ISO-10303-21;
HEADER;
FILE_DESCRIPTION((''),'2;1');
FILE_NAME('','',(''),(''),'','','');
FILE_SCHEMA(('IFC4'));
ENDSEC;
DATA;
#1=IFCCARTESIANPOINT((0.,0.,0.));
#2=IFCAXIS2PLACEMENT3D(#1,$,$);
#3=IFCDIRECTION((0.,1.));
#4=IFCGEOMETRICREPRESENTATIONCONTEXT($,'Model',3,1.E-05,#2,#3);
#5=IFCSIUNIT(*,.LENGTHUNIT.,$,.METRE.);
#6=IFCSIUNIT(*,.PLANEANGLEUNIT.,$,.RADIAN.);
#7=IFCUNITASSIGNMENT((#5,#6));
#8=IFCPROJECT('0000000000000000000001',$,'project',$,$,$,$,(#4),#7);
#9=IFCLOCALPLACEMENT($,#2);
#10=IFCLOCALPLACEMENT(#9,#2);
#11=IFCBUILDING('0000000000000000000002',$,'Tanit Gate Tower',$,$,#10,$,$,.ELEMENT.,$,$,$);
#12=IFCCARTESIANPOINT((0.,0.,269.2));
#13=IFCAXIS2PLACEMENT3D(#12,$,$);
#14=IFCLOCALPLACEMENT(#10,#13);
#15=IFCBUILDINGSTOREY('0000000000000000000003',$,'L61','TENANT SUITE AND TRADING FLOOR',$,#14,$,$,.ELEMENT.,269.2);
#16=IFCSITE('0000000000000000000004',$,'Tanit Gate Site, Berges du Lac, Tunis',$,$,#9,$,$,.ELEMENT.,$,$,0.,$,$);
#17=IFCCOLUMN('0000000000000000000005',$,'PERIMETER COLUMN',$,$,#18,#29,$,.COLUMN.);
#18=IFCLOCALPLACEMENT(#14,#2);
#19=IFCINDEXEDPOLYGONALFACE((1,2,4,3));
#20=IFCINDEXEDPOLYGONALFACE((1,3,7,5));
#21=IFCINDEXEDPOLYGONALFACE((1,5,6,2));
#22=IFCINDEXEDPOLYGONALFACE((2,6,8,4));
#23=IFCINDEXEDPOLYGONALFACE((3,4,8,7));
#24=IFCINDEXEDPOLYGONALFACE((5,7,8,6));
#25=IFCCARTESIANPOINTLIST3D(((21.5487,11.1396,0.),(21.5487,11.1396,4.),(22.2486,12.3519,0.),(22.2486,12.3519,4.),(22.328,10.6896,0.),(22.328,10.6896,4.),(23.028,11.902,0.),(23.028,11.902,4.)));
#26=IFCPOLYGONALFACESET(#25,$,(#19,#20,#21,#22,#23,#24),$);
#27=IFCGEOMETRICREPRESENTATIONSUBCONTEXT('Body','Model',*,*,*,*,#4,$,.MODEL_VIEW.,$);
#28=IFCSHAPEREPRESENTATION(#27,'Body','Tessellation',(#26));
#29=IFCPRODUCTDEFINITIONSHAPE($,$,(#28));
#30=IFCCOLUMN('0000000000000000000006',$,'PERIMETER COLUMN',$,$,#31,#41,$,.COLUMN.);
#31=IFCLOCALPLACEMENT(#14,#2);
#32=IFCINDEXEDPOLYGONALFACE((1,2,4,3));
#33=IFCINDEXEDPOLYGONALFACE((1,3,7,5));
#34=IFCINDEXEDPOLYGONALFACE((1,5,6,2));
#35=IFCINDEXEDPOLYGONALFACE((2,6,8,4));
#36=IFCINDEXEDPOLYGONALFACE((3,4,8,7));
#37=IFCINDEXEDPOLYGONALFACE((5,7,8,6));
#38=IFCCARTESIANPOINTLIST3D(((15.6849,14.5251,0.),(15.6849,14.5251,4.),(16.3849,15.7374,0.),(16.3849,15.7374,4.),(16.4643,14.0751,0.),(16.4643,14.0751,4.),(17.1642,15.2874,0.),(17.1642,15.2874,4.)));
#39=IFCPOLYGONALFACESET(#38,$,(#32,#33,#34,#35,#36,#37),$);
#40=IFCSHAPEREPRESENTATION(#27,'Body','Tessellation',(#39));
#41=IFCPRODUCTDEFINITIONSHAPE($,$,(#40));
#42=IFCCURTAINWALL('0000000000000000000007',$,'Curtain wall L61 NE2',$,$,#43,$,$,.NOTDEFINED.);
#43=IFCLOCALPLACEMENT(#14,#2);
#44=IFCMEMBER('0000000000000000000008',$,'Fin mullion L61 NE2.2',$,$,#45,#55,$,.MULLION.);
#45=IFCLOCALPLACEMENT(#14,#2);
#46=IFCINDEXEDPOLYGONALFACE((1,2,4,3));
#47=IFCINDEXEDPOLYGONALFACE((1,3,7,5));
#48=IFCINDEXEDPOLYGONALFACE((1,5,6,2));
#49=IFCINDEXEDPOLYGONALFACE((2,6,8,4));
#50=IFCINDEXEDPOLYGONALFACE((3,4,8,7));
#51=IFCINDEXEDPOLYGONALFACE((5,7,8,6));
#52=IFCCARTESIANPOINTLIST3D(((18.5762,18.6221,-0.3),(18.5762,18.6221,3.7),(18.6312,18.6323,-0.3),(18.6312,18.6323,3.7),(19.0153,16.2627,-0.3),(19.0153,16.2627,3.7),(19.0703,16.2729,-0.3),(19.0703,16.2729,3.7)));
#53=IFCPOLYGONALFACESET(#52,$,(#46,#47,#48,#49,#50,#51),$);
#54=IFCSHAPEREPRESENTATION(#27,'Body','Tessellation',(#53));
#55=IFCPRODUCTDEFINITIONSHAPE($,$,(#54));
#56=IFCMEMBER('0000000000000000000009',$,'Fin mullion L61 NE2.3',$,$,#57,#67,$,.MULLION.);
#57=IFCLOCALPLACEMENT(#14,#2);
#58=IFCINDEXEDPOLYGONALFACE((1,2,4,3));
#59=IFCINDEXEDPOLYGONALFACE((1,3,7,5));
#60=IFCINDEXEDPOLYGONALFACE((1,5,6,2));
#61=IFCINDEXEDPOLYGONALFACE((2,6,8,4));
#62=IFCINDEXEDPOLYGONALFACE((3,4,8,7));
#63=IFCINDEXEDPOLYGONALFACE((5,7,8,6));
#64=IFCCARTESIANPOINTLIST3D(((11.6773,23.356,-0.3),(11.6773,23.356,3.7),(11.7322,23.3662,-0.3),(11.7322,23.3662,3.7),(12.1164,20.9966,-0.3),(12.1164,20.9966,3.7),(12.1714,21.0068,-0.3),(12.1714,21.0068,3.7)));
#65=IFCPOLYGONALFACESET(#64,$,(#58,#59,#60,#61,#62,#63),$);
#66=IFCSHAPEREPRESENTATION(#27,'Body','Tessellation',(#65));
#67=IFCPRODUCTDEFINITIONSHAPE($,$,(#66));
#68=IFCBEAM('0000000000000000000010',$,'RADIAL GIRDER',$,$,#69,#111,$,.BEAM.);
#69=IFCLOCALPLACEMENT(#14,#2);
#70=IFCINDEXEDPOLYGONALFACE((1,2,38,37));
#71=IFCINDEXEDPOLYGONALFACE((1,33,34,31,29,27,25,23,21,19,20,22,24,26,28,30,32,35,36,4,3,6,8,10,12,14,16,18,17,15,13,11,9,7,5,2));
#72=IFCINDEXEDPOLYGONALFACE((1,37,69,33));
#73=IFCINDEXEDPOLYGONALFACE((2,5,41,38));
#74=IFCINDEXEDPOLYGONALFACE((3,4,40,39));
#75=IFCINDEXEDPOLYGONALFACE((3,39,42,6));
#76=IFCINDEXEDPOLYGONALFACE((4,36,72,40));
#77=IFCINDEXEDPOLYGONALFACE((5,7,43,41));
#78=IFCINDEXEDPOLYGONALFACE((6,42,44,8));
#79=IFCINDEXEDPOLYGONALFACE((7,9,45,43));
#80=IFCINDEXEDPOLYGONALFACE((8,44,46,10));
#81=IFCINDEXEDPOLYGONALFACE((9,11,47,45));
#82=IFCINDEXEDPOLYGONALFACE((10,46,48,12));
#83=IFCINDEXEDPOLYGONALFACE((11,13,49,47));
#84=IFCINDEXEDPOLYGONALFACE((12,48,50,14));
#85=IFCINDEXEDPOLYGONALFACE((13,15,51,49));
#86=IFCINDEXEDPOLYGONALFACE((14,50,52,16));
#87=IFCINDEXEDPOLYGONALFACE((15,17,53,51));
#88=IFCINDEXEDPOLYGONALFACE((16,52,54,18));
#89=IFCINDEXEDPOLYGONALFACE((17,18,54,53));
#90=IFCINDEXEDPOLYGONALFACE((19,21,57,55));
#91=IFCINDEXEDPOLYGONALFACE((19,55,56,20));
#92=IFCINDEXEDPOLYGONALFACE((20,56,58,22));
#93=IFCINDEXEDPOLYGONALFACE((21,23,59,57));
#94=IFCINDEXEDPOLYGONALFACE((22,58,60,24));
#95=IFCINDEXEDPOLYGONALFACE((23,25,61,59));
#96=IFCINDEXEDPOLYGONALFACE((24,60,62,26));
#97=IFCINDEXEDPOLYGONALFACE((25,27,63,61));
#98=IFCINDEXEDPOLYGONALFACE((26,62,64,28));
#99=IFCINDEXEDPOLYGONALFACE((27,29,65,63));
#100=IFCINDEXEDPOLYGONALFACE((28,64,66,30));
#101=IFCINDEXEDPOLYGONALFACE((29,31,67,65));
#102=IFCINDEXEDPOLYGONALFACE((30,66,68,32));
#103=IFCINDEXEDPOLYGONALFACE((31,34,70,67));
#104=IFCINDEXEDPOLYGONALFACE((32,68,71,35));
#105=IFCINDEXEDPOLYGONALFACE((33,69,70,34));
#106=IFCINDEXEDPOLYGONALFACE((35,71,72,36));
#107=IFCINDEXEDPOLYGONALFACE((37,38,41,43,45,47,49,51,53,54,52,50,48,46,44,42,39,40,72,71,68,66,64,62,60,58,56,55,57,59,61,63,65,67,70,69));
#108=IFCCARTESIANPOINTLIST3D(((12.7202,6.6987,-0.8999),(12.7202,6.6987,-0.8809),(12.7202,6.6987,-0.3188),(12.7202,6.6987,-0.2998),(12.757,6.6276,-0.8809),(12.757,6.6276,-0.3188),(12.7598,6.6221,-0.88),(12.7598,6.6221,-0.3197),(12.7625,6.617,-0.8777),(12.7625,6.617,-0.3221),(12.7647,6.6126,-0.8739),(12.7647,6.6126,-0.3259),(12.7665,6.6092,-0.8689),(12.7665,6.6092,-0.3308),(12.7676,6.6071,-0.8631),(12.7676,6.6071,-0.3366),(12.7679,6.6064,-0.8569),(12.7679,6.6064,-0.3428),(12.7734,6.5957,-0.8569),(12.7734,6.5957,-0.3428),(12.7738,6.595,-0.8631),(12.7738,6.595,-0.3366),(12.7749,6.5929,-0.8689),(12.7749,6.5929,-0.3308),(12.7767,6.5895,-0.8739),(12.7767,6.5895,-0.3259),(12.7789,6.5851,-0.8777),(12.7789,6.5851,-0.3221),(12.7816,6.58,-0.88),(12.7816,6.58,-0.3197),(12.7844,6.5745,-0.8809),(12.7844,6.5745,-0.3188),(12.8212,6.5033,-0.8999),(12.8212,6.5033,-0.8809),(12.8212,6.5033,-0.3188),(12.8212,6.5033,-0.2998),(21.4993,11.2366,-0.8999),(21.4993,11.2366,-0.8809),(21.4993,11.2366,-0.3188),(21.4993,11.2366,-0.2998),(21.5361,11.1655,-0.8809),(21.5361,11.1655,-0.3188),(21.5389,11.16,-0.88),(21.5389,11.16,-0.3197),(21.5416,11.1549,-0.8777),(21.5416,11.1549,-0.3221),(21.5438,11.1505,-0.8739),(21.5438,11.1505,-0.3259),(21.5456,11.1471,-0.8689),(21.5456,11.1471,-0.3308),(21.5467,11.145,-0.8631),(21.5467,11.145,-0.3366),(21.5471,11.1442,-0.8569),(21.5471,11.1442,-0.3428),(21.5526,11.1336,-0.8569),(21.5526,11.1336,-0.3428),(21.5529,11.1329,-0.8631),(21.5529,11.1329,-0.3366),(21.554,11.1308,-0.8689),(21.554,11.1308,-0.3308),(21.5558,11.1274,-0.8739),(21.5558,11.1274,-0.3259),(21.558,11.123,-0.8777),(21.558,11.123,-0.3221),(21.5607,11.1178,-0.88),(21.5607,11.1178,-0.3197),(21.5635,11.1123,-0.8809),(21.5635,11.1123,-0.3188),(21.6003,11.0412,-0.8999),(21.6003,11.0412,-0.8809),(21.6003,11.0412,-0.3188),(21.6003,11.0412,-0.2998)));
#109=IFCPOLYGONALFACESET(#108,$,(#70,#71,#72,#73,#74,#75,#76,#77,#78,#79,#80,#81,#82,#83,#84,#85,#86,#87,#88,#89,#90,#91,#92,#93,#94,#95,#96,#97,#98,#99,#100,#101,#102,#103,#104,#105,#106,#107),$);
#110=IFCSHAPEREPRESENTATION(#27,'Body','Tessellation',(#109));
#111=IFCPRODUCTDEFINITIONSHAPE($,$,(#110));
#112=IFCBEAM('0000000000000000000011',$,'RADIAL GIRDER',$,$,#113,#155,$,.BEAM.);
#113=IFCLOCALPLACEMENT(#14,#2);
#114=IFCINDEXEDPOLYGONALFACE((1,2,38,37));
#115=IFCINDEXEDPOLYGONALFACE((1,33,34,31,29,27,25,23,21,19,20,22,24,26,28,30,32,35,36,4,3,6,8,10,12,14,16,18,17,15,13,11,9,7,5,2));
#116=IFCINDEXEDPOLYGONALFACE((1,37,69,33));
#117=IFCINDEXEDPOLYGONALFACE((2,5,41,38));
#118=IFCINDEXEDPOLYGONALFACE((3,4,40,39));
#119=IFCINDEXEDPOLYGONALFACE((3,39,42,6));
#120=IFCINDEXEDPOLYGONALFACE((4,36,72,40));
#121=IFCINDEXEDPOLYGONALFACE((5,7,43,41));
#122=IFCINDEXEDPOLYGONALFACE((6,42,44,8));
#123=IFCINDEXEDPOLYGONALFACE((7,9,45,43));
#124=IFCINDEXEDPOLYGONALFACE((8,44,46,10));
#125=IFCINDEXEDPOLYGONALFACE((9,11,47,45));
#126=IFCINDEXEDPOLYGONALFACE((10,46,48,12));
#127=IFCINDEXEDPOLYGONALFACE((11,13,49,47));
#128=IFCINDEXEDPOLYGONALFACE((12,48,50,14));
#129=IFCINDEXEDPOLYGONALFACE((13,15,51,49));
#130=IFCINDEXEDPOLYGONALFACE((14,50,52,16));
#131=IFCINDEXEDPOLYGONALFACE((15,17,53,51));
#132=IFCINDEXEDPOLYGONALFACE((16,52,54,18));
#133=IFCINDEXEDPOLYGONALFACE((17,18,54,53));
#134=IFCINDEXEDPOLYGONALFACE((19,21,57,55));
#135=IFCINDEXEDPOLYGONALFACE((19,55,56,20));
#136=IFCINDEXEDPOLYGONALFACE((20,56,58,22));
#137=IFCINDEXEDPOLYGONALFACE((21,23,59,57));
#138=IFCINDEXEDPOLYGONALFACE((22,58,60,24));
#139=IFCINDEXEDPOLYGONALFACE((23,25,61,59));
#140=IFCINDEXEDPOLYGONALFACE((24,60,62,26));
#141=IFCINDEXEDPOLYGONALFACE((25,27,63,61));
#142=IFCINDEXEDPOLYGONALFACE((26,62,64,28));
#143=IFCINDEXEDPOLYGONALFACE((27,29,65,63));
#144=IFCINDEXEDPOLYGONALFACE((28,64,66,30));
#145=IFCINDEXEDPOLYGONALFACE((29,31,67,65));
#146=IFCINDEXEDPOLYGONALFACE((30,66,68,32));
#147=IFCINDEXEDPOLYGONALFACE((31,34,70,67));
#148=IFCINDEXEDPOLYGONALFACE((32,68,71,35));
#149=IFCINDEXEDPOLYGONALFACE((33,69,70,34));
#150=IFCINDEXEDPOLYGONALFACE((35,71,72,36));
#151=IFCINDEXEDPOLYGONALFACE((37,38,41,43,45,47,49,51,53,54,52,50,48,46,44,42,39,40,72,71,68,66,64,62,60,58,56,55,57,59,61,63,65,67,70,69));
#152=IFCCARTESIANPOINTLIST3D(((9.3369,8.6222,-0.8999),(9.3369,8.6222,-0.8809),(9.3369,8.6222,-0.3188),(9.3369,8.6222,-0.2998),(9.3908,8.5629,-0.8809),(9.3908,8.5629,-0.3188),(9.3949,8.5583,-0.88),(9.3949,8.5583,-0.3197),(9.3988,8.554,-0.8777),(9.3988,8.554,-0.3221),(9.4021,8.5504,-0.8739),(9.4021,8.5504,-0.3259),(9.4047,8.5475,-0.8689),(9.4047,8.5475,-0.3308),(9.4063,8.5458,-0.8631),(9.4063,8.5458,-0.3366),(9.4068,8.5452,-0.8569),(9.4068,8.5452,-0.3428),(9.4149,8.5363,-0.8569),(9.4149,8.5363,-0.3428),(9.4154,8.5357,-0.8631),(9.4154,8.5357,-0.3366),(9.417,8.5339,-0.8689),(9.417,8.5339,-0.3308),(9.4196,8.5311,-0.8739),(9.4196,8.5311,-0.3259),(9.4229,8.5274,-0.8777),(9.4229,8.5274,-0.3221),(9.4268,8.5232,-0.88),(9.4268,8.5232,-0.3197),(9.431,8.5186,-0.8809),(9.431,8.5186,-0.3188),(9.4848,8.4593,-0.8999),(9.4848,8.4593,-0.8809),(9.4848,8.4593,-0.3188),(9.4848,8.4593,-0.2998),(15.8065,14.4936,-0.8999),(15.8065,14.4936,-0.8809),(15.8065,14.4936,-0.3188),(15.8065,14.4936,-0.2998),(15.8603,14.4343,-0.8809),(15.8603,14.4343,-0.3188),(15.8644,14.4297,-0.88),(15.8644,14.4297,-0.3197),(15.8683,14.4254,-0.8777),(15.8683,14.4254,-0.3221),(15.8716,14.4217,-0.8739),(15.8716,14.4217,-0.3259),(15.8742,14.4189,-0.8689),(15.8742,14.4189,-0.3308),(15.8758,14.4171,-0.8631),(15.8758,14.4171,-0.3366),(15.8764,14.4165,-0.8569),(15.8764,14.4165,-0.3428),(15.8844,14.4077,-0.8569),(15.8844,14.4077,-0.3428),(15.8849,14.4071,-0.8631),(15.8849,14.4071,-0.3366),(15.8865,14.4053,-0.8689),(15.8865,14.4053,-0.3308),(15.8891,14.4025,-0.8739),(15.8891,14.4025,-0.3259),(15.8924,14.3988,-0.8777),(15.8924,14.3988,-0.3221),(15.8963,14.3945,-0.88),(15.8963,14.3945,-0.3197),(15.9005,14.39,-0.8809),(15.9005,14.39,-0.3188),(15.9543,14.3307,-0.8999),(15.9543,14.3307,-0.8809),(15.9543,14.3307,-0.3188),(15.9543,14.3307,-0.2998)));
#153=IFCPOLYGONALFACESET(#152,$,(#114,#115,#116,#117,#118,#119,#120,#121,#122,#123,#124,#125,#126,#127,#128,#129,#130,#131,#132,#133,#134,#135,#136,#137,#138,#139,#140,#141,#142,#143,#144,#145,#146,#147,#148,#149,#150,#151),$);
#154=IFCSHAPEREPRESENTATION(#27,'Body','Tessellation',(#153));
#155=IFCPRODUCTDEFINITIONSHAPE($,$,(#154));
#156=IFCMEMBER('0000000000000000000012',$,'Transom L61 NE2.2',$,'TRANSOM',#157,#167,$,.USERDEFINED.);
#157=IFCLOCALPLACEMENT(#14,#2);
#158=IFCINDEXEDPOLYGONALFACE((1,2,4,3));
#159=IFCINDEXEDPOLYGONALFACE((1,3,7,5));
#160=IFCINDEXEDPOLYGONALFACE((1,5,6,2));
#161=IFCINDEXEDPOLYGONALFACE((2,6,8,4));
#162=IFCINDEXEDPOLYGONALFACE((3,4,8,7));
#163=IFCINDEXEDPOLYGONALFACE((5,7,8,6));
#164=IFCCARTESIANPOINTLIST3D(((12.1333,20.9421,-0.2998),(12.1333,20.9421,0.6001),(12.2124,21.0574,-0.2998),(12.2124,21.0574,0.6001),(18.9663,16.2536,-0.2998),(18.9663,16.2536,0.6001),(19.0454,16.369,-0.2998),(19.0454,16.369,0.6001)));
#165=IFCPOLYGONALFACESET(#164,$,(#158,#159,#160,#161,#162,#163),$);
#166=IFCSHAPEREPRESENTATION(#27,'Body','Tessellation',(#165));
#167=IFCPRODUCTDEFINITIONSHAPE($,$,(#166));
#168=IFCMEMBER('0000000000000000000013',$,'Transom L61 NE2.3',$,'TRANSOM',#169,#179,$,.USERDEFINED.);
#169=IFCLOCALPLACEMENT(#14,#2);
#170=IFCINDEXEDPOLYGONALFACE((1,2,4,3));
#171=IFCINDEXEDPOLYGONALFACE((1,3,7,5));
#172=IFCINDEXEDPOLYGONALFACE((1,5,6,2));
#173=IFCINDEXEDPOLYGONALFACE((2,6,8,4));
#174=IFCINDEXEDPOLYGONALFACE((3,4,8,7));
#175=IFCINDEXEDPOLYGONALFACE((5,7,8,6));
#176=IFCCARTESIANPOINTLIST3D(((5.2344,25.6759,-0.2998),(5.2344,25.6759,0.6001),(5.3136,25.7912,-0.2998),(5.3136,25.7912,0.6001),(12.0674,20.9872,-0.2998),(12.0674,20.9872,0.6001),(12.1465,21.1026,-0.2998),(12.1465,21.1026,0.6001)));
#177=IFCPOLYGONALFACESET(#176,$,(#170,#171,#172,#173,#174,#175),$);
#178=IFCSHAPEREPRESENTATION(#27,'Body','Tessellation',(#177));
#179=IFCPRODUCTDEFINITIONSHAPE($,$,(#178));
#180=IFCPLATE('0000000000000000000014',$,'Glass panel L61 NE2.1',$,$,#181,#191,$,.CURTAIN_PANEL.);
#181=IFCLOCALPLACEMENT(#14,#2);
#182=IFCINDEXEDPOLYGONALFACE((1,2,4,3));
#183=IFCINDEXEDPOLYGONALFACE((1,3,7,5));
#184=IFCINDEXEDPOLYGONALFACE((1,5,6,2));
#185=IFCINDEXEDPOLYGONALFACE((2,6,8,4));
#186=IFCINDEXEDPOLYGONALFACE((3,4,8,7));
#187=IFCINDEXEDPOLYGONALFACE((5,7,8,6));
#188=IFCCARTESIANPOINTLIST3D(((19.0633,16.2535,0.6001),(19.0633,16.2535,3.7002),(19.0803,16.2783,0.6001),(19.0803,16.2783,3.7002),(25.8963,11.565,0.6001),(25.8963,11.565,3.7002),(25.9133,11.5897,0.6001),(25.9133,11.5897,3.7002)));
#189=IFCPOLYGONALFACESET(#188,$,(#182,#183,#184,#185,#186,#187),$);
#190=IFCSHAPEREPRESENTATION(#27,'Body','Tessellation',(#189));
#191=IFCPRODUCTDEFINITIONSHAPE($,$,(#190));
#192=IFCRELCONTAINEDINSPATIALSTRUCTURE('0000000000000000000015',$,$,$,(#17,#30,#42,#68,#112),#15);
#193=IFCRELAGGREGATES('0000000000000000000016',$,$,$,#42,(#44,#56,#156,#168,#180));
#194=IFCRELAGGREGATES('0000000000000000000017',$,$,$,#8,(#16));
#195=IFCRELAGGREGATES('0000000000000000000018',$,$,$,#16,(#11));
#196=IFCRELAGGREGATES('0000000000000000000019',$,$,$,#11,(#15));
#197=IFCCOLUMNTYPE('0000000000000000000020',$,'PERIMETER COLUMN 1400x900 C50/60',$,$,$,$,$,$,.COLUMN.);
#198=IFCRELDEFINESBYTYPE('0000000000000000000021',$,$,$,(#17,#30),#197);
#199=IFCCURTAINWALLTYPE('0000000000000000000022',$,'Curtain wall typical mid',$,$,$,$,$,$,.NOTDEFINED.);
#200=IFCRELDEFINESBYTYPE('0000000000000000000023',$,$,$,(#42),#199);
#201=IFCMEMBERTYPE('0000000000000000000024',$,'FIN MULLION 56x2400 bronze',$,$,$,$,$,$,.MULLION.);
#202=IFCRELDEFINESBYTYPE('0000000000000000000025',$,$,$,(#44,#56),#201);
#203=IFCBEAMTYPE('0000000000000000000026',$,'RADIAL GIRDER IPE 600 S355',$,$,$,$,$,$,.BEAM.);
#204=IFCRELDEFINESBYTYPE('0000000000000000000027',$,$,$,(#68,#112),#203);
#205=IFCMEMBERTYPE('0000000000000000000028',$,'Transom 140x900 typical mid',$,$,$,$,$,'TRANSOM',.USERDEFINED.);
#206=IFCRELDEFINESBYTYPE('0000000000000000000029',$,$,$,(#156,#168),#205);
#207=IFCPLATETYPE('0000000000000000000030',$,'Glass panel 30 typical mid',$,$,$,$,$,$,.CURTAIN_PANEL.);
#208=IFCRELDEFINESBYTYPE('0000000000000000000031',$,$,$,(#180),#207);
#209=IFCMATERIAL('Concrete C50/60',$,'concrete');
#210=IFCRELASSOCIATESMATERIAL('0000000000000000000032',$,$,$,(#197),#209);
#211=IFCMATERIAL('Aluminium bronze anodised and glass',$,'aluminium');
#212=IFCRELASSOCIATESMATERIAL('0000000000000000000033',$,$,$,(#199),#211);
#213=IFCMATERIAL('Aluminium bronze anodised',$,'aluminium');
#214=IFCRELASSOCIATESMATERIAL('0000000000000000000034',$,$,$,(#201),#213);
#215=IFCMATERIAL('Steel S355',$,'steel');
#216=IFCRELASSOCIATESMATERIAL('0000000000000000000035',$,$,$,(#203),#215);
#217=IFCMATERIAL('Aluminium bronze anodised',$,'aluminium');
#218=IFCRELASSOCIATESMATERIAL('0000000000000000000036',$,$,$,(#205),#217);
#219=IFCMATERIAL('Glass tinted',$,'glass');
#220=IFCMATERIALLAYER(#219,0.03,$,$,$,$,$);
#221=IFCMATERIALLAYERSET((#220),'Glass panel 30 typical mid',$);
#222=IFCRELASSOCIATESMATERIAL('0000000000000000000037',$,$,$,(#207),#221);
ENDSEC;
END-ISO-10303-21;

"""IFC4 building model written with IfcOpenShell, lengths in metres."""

from ifc_helpers import new_model, si_unit, direction, frame, origin, origin_2d, place, context, subcontext, project, spatial, rectangle, i_section, extrude, material, layer, layer_set, material_profile, profile_set, type_object, element, aggregate, save


model = new_model("IFC4")

# Units and contexts
model_context = context("Model", 3, precision=1e-05, world=origin(), true_north=direction((0.0, 1.0)))
body_context = subcontext(model_context, "Body", "Model", "MODEL_VIEW")
ifc_project = project(units=[si_unit("LENGTHUNIT", "METRE"), si_unit("PLANEANGLEUNIT", "RADIAN")], contexts=[model_context])

# Site, building, storey
site_placement = place(None, origin())
site = spatial("IfcSite", under=ifc_project, at=site_placement, Name="Tanit Gate Site, Berges du Lac, Tunis", CompositionType="ELEMENT", RefElevation=0.0)
building_placement = place(site_placement, origin())
building = spatial("IfcBuilding", under=site, at=building_placement, Name="Tanit Gate Tower", CompositionType="ELEMENT")
storey_placement = place(building_placement, frame((0.0, 0.0, 269.2)))
storey = spatial("IfcBuildingStorey", under=building, at=storey_placement, Name="L61", Description="TENANT SUITE AND TRADING FLOOR", CompositionType="ELEMENT", Elevation=269.2)

# Columns
ifc_material_1 = material(Name="Concrete C50/60", Category="concrete")
ifc_material_profile_1 = material_profile(ifc_material_1, rectangle(XDim=1.3999, YDim=0.8999, at=origin_2d()), Name="RC 1400x900")
ifc_profile_set_1 = profile_set([ifc_material_profile_1], Name="Concrete C50/60")
column_type = type_object("IfcColumnType", Name="PERIMETER COLUMN 1400x900 C50/60", PredefinedType="COLUMN", material=ifc_profile_set_1)
for number, where, z_axis, x_axis, name in (
    (1, (22.2883, 11.5208, 0.0), (0.0, 0.0, 1.0), (0.5, 0.866025, 0.0), "PERIMETER COLUMN"),
    (2, (16.4246, 14.9062, 0.0), (0.0, 0.0, 1.0), (0.5, 0.866025, 0.0), "PERIMETER COLUMN"),
):
    element("IfcColumn", number, at=place(storey_placement, frame(where, z_axis=z_axis, x_axis=x_axis)), inside=storey, type_object=column_type, Name=name, PredefinedType="COLUMN", context=body_context, shape_type="SweptSolid", body=[
        extrude(rectangle(XDim=1.3999, YDim=0.8999, at=origin_2d()), origin(), (0.0, 0.0, 1.0), 4.0),
    ])

# Curtain wall, members
ifc_material_2 = material(Name="Aluminium bronze anodised and glass", Category="aluminium")
curtain_wall_type = type_object("IfcCurtainWallType", Name="Curtain wall typical mid", PredefinedType="NOTDEFINED", material=ifc_material_2)
curtain_wall_placement = place(storey_placement, origin())
curtain_wall = element("IfcCurtainWall", 3, at=curtain_wall_placement, inside=storey, type_object=curtain_wall_type, Name="Curtain wall L61 NE2", PredefinedType="NOTDEFINED")
ifc_material_3 = material(Name="Aluminium bronze anodised", Category="aluminium")
ifc_material_profile_2 = material_profile(ifc_material_3, rectangle(XDim=2.3999, YDim=0.0559, at=origin_2d()), Name="56x2400 bronze fin mullion")
ifc_profile_set_2 = profile_set([ifc_material_profile_2], Name="Aluminium bronze anodised")
member_type_1 = type_object("IfcMemberType", Name="FIN MULLION 56x2400 bronze", PredefinedType="MULLION", material=ifc_profile_set_2)
member_1_placement = place(storey_placement, frame((18.8232, 17.4475, -0.3), z_axis=(0.0, 0.0, 1.0), x_axis=(0.182983, -0.983116, 0.0)))
member_1 = element("IfcMember", 4, at=member_1_placement, type_object=member_type_1, Name="Fin mullion L61 NE2.2", PredefinedType="MULLION", context=body_context, shape_type="SweptSolid", body=[
    extrude(rectangle(XDim=2.3999, YDim=0.0559, at=origin_2d()), origin(), (0.0, 0.0, 1.0), 4.0),
])
member_2_placement = place(storey_placement, frame((11.9243, 22.1814, -0.3), z_axis=(0.0, 0.0, 1.0), x_axis=(0.182983, -0.983116, 0.0)))
member_2 = element("IfcMember", 5, at=member_2_placement, type_object=member_type_1, Name="Fin mullion L61 NE2.3", PredefinedType="MULLION", context=body_context, shape_type="SweptSolid", body=[
    extrude(rectangle(XDim=2.3999, YDim=0.0559, at=origin_2d()), origin(), (0.0, 0.0, 1.0), 4.0),
])

# Beams
ifc_material_4 = material(Name="Steel S355", Category="steel")
ifc_material_profile_3 = material_profile(ifc_material_4, i_section(OverallWidth=0.22, OverallDepth=0.6001, WebThickness=0.012, FlangeThickness=0.019, FilletRadius=0.0239, at=origin_2d()), Name="IPE 600")
ifc_profile_set_3 = profile_set([ifc_material_profile_3], Name="Steel S355")
beam_type = type_object("IfcBeamType", Name="RADIAL GIRDER IPE 600 S355", PredefinedType="BEAM", material=ifc_profile_set_3)
beam_1_placement = place(storey_placement, frame((21.5498, 11.1389, -0.5999), z_axis=(-0.888343, -0.45918, 0.0), x_axis=(0.45918, -0.888343, 0.0)))
element("IfcBeam", 6, at=beam_1_placement, inside=storey, type_object=beam_type, Name="RADIAL GIRDER", PredefinedType="BEAM", context=body_context, shape_type="SweptSolid", body=[
    extrude(i_section(OverallWidth=0.22, OverallDepth=0.6001, WebThickness=0.012, FlangeThickness=0.019, FilletRadius=0.0239, at=origin_2d()), origin(), (0.0, 0.0, 1.0), 9.8826),
])
beam_2_placement = place(storey_placement, frame((15.8804, 14.4121, -0.5999), z_axis=(-0.74051, -0.672045, 0.0), x_axis=(0.672045, -0.74051, 0.0)))
element("IfcBeam", 7, at=beam_2_placement, inside=storey, type_object=beam_type, Name="RADIAL GIRDER", PredefinedType="BEAM", context=body_context, shape_type="SweptSolid", body=[
    extrude(i_section(OverallWidth=0.22, OverallDepth=0.6001, WebThickness=0.012, FlangeThickness=0.019, FilletRadius=0.0239, at=origin_2d()), origin(), (0.0, 0.0, 1.0), 8.7366),
])

# Members
ifc_material_5 = material(Name="Aluminium bronze anodised", Category="aluminium")
ifc_material_profile_4 = material_profile(ifc_material_5, rectangle(XDim=0.1399, YDim=0.8999, at=origin_2d()), Name="140x900 bronze transom")
ifc_profile_set_4 = profile_set([ifc_material_profile_4], Name="Aluminium bronze anodised")
member_type_2 = type_object("IfcMemberType", Name="Transom 140x900 typical mid", ElementType="TRANSOM", PredefinedType="USERDEFINED", material=ifc_profile_set_4)
member_3_placement = place(storey_placement, frame((19.0059, 16.3113, 0.1501), z_axis=(-0.824561, 0.565773, 0.0), x_axis=(-0.565773, -0.824561, 0.0)))
member_3 = element("IfcMember", 8, at=member_3_placement, type_object=member_type_2, Name="Transom L61 NE2.2", ObjectType="TRANSOM", PredefinedType="USERDEFINED", context=body_context, shape_type="SweptSolid", body=[
    extrude(rectangle(XDim=0.1399, YDim=0.8999, at=origin_2d()), origin(), (0.0, 0.0, 1.0), 8.2869),
])
member_4_placement = place(storey_placement, frame((12.1069, 21.0449, 0.1501), z_axis=(-0.824547, 0.565793, 0.0), x_axis=(-0.565793, -0.824547, 0.0)))
member_4 = element("IfcMember", 9, at=member_4_placement, type_object=member_type_2, Name="Transom L61 NE2.3", ObjectType="TRANSOM", PredefinedType="USERDEFINED", context=body_context, shape_type="SweptSolid", body=[
    extrude(rectangle(XDim=0.1399, YDim=0.8999, at=origin_2d()), origin(), (0.0, 0.0, 1.0), 8.2869),
])

# Plate
ifc_material_6 = material(Name="Glass tinted", Category="glass")
ifc_layer_1 = layer(ifc_material_6, 0.03)
ifc_layer_set_1 = layer_set([ifc_layer_1], Name="Glass panel 30 typical mid")
plate_type = type_object("IfcPlateType", Name="Glass panel 30 typical mid", PredefinedType="CURTAIN_PANEL", material=ifc_layer_set_1)
plate_1_placement = place(storey_placement, frame((22.4883, 13.9216, 0.6001), z_axis=(0.0, 0.0, 1.0), x_axis=(-0.824557, 0.56578, 0.0)))
plate_1 = element("IfcPlate", 10, at=plate_1_placement, type_object=plate_type, Name="Glass panel L61 NE2.1", PredefinedType="CURTAIN_PANEL", context=body_context, shape_type="SweptSolid", body=[
    extrude(rectangle(XDim=8.2869, YDim=0.03, at=origin_2d()), origin(), (0.0, 0.0, 1.0), 3.1001),
])
aggregate(curtain_wall, [member_1, member_2, member_3, member_4, plate_1])

save(model, "model.ifc")
